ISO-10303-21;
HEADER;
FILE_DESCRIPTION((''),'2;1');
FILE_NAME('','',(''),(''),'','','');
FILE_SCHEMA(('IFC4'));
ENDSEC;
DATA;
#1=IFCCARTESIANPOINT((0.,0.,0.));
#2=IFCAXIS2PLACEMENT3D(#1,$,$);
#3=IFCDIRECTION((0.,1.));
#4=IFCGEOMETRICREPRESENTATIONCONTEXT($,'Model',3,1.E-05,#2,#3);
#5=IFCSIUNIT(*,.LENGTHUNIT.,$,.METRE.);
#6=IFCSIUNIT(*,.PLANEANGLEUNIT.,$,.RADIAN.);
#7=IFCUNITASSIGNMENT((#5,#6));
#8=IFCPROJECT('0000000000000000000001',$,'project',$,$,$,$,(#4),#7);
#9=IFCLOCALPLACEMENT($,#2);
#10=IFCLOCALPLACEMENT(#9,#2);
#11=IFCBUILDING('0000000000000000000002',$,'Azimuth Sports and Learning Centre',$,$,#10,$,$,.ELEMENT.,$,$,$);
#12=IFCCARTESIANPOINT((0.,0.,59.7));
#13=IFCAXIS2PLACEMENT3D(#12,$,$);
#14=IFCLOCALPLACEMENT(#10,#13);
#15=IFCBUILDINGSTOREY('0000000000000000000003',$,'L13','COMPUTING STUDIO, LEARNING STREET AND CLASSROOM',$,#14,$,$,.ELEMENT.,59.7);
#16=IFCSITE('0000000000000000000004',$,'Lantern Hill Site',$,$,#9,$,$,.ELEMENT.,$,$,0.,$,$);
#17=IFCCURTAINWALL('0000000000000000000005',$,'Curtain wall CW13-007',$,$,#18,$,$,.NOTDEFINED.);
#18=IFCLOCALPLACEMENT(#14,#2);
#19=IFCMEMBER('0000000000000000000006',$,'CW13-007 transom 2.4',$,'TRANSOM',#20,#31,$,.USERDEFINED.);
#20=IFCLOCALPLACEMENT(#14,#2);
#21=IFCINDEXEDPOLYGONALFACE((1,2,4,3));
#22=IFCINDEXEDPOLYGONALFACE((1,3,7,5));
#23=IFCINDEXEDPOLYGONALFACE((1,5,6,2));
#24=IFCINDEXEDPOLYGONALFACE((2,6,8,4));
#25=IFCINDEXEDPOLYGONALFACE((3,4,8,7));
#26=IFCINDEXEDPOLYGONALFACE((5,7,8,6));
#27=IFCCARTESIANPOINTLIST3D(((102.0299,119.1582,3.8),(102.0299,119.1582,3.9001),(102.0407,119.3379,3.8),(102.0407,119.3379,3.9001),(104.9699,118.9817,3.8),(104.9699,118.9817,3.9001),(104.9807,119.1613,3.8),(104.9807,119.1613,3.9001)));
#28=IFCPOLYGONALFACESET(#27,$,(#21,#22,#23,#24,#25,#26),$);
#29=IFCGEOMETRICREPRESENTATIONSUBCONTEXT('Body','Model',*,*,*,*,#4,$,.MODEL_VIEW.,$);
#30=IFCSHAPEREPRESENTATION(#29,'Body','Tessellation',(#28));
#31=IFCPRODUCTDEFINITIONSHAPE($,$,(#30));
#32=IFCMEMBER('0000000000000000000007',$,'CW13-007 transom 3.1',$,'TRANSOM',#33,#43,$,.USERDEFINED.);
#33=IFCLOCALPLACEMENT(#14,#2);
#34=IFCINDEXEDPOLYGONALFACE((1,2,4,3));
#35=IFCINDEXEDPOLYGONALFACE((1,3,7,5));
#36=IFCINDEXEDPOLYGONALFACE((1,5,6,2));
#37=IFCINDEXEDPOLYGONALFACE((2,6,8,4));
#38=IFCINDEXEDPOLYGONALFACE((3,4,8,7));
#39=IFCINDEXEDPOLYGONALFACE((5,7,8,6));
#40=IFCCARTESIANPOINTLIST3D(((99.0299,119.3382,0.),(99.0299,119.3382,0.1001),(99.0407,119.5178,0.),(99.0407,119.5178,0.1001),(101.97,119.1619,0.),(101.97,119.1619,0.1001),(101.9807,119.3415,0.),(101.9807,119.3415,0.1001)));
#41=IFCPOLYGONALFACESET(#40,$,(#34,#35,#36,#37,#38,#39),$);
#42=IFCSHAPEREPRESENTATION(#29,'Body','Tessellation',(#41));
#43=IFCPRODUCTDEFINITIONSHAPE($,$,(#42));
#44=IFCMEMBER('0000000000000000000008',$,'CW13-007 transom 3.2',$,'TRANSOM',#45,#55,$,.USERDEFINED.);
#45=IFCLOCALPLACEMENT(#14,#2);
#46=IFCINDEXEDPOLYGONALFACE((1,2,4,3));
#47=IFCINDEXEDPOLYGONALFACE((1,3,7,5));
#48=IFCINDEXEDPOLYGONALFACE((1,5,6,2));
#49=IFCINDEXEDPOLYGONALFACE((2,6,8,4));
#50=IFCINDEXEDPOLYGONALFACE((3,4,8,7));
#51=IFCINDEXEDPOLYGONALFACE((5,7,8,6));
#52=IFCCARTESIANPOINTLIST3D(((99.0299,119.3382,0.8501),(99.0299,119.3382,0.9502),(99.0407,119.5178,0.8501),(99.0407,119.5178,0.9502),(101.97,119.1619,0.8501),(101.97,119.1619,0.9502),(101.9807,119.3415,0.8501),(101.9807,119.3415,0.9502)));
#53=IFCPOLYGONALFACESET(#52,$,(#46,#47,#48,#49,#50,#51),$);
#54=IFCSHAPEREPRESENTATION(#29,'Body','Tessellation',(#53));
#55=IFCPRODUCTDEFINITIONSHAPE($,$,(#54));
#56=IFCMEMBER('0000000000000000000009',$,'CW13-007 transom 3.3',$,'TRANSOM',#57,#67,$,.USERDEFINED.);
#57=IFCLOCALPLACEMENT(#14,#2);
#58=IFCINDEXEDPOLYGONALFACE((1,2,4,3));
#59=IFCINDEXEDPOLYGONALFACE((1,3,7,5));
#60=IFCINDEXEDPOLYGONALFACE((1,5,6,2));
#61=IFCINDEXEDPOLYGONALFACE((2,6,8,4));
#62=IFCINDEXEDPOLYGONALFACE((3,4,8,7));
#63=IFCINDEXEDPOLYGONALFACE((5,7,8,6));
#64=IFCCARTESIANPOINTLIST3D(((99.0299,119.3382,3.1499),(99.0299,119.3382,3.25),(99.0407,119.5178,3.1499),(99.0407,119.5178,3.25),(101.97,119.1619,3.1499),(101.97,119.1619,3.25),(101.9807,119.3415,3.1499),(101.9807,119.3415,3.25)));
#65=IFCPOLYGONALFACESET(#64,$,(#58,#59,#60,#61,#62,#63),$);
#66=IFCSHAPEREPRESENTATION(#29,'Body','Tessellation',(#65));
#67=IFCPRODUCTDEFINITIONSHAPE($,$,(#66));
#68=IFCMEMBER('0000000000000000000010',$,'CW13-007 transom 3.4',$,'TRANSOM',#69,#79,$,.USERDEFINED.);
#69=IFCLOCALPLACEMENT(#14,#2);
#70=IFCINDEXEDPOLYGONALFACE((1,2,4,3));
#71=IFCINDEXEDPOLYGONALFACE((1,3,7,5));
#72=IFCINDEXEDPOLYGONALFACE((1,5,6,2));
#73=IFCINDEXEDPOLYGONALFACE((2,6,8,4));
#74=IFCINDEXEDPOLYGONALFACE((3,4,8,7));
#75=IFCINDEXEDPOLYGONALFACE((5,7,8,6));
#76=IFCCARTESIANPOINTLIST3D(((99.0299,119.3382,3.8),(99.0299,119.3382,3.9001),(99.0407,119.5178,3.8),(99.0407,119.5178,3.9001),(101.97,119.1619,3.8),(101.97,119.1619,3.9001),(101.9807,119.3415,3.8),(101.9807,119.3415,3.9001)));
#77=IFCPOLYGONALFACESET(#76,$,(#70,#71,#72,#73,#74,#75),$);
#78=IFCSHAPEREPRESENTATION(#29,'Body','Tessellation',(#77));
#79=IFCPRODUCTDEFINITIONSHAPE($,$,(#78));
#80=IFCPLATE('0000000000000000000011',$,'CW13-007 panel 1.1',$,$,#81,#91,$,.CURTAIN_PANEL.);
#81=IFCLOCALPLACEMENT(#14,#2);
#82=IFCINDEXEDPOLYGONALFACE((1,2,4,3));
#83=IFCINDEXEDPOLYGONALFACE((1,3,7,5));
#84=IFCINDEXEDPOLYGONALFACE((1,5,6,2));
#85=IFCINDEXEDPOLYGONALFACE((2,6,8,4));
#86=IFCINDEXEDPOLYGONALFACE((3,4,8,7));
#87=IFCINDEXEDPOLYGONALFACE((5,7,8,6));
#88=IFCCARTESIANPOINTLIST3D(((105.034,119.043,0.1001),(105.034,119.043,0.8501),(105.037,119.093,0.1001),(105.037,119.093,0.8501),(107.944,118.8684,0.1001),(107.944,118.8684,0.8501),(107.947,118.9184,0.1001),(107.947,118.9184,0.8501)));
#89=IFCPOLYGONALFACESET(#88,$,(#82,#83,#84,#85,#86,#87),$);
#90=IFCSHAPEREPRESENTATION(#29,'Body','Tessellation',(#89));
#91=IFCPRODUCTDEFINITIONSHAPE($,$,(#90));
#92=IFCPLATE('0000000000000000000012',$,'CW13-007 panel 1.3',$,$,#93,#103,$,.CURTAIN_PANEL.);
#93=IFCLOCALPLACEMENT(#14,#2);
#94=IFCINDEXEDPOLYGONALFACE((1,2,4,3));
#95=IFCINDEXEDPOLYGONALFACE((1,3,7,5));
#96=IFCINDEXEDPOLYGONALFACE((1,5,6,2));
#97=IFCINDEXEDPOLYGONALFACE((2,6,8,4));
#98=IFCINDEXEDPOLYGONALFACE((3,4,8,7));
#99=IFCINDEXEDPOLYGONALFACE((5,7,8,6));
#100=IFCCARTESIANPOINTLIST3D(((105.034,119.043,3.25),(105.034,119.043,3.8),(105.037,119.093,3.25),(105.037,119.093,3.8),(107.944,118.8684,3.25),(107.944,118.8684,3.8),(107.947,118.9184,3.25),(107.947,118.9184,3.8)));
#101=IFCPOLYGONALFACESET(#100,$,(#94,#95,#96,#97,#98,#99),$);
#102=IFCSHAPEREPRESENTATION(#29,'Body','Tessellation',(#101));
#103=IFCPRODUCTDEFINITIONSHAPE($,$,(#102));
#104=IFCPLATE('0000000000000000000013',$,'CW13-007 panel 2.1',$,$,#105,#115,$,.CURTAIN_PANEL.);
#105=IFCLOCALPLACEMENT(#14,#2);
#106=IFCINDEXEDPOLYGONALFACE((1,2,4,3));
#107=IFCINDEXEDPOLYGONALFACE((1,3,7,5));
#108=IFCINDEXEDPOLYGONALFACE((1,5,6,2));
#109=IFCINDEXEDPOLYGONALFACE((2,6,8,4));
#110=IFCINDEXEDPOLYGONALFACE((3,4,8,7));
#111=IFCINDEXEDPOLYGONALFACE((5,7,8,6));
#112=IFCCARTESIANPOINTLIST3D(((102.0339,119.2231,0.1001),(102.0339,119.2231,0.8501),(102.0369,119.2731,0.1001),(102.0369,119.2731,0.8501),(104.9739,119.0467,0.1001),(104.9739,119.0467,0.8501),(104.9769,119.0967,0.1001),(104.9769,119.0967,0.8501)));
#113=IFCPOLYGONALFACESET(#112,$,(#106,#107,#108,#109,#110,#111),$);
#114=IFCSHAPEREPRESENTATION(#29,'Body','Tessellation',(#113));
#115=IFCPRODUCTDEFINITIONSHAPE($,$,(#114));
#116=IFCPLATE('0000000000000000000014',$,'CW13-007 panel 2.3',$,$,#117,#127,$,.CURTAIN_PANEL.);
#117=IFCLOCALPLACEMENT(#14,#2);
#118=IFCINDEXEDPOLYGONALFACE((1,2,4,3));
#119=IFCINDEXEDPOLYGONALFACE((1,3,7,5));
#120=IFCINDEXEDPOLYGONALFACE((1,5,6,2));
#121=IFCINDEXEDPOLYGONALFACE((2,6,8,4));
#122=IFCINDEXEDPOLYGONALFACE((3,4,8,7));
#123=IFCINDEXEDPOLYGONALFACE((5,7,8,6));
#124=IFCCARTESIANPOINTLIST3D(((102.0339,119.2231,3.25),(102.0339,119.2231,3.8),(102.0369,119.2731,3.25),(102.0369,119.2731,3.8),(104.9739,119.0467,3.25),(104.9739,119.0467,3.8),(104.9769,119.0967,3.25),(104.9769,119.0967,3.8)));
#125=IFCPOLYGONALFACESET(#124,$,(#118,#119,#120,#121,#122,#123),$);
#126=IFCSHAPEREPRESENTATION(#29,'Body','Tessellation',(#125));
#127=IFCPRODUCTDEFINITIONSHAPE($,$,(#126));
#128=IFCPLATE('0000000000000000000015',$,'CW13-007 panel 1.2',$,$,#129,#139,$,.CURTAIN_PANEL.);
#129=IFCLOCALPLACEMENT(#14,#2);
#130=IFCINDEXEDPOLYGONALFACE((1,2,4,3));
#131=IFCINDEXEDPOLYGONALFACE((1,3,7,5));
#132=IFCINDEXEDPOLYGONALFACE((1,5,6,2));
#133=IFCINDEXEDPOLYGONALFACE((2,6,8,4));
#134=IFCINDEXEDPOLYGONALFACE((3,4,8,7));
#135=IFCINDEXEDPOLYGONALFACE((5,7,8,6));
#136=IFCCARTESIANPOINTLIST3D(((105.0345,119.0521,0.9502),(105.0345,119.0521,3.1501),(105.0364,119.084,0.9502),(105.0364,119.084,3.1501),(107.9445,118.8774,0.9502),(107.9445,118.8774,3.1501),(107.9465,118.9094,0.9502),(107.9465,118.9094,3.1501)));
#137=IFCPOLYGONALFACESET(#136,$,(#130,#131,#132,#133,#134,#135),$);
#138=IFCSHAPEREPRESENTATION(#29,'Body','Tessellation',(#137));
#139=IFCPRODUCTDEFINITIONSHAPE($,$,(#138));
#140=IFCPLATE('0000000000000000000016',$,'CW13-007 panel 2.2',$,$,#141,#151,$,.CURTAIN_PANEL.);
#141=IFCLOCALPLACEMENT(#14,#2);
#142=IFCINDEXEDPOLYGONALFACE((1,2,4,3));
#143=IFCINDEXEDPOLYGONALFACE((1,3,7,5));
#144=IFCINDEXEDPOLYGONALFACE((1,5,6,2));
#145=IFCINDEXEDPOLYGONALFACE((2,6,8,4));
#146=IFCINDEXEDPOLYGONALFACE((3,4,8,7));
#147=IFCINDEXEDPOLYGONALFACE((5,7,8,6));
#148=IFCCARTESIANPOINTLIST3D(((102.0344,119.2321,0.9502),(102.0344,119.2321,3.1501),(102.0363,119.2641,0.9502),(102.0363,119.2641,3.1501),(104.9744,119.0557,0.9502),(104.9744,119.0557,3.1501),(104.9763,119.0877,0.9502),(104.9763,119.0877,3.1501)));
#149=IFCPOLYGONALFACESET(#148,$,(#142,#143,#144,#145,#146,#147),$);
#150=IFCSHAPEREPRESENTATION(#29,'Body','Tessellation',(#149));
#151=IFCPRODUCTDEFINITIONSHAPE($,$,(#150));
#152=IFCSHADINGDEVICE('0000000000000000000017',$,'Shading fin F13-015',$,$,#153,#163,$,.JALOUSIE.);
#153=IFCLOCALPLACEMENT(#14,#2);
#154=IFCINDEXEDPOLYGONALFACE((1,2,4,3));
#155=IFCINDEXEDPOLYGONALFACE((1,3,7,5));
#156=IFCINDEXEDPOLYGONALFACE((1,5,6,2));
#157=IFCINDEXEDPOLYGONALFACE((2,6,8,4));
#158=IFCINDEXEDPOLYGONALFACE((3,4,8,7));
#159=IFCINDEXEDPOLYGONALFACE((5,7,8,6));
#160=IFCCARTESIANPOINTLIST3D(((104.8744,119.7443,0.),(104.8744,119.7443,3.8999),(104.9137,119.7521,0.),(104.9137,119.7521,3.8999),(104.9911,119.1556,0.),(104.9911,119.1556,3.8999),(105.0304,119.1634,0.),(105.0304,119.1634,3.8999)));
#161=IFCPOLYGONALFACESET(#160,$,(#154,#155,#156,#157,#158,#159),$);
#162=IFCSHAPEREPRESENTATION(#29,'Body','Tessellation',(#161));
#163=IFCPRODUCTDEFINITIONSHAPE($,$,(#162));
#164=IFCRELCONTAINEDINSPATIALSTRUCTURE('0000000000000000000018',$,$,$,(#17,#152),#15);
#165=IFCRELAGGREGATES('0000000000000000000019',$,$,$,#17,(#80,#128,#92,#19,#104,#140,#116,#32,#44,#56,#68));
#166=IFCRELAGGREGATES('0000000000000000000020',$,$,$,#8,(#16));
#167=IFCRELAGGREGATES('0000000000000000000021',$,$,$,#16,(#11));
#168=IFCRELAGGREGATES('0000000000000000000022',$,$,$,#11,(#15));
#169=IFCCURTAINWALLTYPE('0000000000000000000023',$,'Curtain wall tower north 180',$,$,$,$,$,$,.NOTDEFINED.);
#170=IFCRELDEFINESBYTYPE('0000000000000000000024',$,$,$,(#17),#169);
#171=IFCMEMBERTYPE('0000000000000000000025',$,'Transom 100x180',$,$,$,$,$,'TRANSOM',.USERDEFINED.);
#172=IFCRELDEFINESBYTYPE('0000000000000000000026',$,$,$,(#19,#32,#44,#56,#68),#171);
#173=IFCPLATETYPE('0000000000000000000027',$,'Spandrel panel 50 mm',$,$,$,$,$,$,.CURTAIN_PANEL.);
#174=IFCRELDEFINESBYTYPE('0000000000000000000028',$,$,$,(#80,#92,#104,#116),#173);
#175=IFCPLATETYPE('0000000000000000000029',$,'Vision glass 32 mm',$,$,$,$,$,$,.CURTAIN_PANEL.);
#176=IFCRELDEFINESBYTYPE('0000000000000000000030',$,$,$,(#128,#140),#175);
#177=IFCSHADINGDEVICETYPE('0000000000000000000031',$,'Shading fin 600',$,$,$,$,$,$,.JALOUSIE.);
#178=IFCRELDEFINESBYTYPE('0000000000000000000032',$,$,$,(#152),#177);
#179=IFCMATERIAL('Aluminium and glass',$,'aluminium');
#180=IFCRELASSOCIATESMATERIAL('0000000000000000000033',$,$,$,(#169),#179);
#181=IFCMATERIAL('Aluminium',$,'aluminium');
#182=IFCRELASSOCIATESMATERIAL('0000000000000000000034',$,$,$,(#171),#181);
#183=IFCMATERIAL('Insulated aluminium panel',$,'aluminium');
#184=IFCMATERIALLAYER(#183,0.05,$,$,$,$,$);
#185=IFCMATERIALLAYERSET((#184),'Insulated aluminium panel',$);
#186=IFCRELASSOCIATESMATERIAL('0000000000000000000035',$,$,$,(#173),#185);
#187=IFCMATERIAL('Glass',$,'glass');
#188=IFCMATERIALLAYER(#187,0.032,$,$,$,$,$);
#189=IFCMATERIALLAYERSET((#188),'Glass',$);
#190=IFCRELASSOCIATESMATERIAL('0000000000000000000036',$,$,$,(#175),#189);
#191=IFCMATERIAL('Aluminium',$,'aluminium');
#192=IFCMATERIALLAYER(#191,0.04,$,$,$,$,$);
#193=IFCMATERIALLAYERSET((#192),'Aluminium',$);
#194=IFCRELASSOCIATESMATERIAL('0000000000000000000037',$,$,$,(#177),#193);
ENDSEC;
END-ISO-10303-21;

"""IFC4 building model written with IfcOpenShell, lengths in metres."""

from ifc_helpers import new_model, si_unit, direction, frame, origin, origin_2d, place, context, subcontext, project, spatial, rectangle, extrude, material, layer, layer_set, material_profile, profile_set, type_object, element, aggregate, save


model = new_model("IFC4")

# Units and contexts
model_context = context("Model", 3, precision=1e-05, world=origin(), true_north=direction((0.0, 1.0)))
body_context = subcontext(model_context, "Body", "Model", "MODEL_VIEW")
ifc_project = project(units=[si_unit("LENGTHUNIT", "METRE"), si_unit("PLANEANGLEUNIT", "RADIAN")], contexts=[model_context])

# Site, building, storey
site_placement = place(None, origin())
site = spatial("IfcSite", under=ifc_project, at=site_placement, Name="Lantern Hill Site", CompositionType="ELEMENT", RefElevation=0.0)
building_placement = place(site_placement, origin())
building = spatial("IfcBuilding", under=site, at=building_placement, Name="Azimuth Sports and Learning Centre", CompositionType="ELEMENT")
storey_placement = place(building_placement, frame((0.0, 0.0, 59.7)))
storey = spatial("IfcBuildingStorey", under=building, at=storey_placement, Name="L13", Description="COMPUTING STUDIO, LEARNING STREET AND CLASSROOM", CompositionType="ELEMENT", Elevation=59.7)

# Curtain wall, members, plates
ifc_material_1 = material(Name="Aluminium and glass", Category="aluminium")
curtain_wall_type = type_object("IfcCurtainWallType", Name="Curtain wall tower north 180", PredefinedType="NOTDEFINED", material=ifc_material_1)
curtain_wall_placement = place(storey_placement, origin())
curtain_wall = element("IfcCurtainWall", 1, at=curtain_wall_placement, inside=storey, type_object=curtain_wall_type, Name="Curtain wall CW13-007", PredefinedType="NOTDEFINED")
ifc_material_2 = material(Name="Aluminium", Category="aluminium")
ifc_material_profile_1 = material_profile(ifc_material_2, rectangle(XDim=0.1799, YDim=0.1001, at=origin_2d()), Name="Transom 100x180")
ifc_profile_set_1 = profile_set([ifc_material_profile_1], Name="Aluminium")
member_type_1 = type_object("IfcMemberType", Name="Transom 100x180", ElementType="TRANSOM", PredefinedType="USERDEFINED", material=ifc_profile_set_1)
member_1_placement = place(storey_placement, frame((104.9753, 119.0715, 3.8501), z_axis=(-0.998202, 0.059932, 0.0), x_axis=(-0.059932, -0.998202, 0.0)))
member_1 = element("IfcMember", 2, at=member_1_placement, type_object=member_type_1, Name="CW13-007 transom 2.4", ObjectType="TRANSOM", PredefinedType="USERDEFINED", context=body_context, shape_type="SweptSolid", body=[
    extrude(rectangle(XDim=0.1799, YDim=0.1001, at=origin_2d()), origin(), (0.0, 0.0, 1.0), 2.9453),
])
member_2_placement = place(storey_placement, frame((101.9753, 119.2517, 0.05), z_axis=(-0.998207, 0.059849, 0.0), x_axis=(-0.059849, -0.998207, 0.0)))
member_2 = element("IfcMember", 3, at=member_2_placement, type_object=member_type_1, Name="CW13-007 transom 3.1", ObjectType="TRANSOM", PredefinedType="USERDEFINED", context=body_context, shape_type="SweptSolid", body=[
    extrude(rectangle(XDim=0.1799, YDim=0.1001, at=origin_2d()), origin(), (0.0, 0.0, 1.0), 2.9453),
])
member_3_placement = place(storey_placement, frame((101.9753, 119.2517, 0.9001), z_axis=(-0.998207, 0.059849, 0.0), x_axis=(-0.059849, -0.998207, 0.0)))
member_3 = element("IfcMember", 4, at=member_3_placement, type_object=member_type_1, Name="CW13-007 transom 3.2", ObjectType="TRANSOM", PredefinedType="USERDEFINED", context=body_context, shape_type="SweptSolid", body=[
    extrude(rectangle(XDim=0.1799, YDim=0.1001, at=origin_2d()), origin(), (0.0, 0.0, 1.0), 2.9453),
])
member_4_placement = place(storey_placement, frame((101.9753, 119.2517, 3.2), z_axis=(-0.998207, 0.059849, 0.0), x_axis=(-0.059849, -0.998207, 0.0)))
member_4 = element("IfcMember", 5, at=member_4_placement, type_object=member_type_1, Name="CW13-007 transom 3.3", ObjectType="TRANSOM", PredefinedType="USERDEFINED", context=body_context, shape_type="SweptSolid", body=[
    extrude(rectangle(XDim=0.1799, YDim=0.1001, at=origin_2d()), origin(), (0.0, 0.0, 1.0), 2.9453),
])
member_5_placement = place(storey_placement, frame((101.9753, 119.2517, 3.8501), z_axis=(-0.998207, 0.059849, 0.0), x_axis=(-0.059849, -0.998207, 0.0)))
member_5 = element("IfcMember", 6, at=member_5_placement, type_object=member_type_1, Name="CW13-007 transom 3.4", ObjectType="TRANSOM", PredefinedType="USERDEFINED", context=body_context, shape_type="SweptSolid", body=[
    extrude(rectangle(XDim=0.1799, YDim=0.1001, at=origin_2d()), origin(), (0.0, 0.0, 1.0), 2.9453),
])
ifc_material_3 = material(Name="Insulated aluminium panel", Category="aluminium")
ifc_layer_1 = layer(ifc_material_3, 0.05)
ifc_layer_set_1 = layer_set([ifc_layer_1], Name="Insulated aluminium panel")
plate_type_1 = type_object("IfcPlateType", Name="Spandrel panel 50 mm", PredefinedType="CURTAIN_PANEL", material=ifc_layer_set_1)
plate_1_placement = place(storey_placement, frame((106.4905, 118.9807, 0.1001), z_axis=(0.0, 0.0, 1.0), x_axis=(-0.998205, 0.059892, 0.0)))
plate_1 = element("IfcPlate", 7, at=plate_1_placement, type_object=plate_type_1, Name="CW13-007 panel 1.1", PredefinedType="CURTAIN_PANEL", context=body_context, shape_type="SweptSolid", body=[
    extrude(rectangle(XDim=2.9153, YDim=0.05, at=origin_2d()), origin(), (0.0, 0.0, 1.0), 0.75),
])
plate_2_placement = place(storey_placement, frame((106.4905, 118.9807, 3.25), z_axis=(0.0, 0.0, 1.0), x_axis=(-0.998205, 0.059892, 0.0)))
plate_2 = element("IfcPlate", 8, at=plate_2_placement, type_object=plate_type_1, Name="CW13-007 panel 1.3", PredefinedType="CURTAIN_PANEL", context=body_context, shape_type="SweptSolid", body=[
    extrude(rectangle(XDim=2.9153, YDim=0.05, at=origin_2d()), origin(), (0.0, 0.0, 1.0), 0.55),
])
plate_3_placement = place(storey_placement, frame((103.5054, 119.1599, 0.1001), z_axis=(0.0, 0.0, 1.0), x_axis=(-0.998205, 0.059892, 0.0)))
plate_3 = element("IfcPlate", 9, at=plate_3_placement, type_object=plate_type_1, Name="CW13-007 panel 2.1", PredefinedType="CURTAIN_PANEL", context=body_context, shape_type="SweptSolid", body=[
    extrude(rectangle(XDim=2.9453, YDim=0.05, at=origin_2d()), origin(), (0.0, 0.0, 1.0), 0.75),
])
plate_4_placement = place(storey_placement, frame((103.5054, 119.1599, 3.25), z_axis=(0.0, 0.0, 1.0), x_axis=(-0.998205, 0.059892, 0.0)))
plate_4 = element("IfcPlate", 10, at=plate_4_placement, type_object=plate_type_1, Name="CW13-007 panel 2.3", PredefinedType="CURTAIN_PANEL", context=body_context, shape_type="SweptSolid", body=[
    extrude(rectangle(XDim=2.9453, YDim=0.05, at=origin_2d()), origin(), (0.0, 0.0, 1.0), 0.55),
])
ifc_material_4 = material(Name="Glass", Category="glass")
ifc_layer_2 = layer(ifc_material_4, 0.032)
ifc_layer_set_2 = layer_set([ifc_layer_2], Name="Glass")
plate_type_2 = type_object("IfcPlateType", Name="Vision glass 32 mm", PredefinedType="CURTAIN_PANEL", material=ifc_layer_set_2)
plate_5_placement = place(storey_placement, frame((106.4905, 118.9807, 0.9502), z_axis=(0.0, 0.0, 1.0), x_axis=(-0.998205, 0.059892, 0.0)))
plate_5 = element("IfcPlate", 11, at=plate_5_placement, type_object=plate_type_2, Name="CW13-007 panel 1.2", PredefinedType="CURTAIN_PANEL", context=body_context, shape_type="SweptSolid", body=[
    extrude(rectangle(XDim=2.9153, YDim=0.032, at=origin_2d()), origin(), (0.0, 0.0, 1.0), 2.2),
])
plate_6_placement = place(storey_placement, frame((103.5054, 119.1599, 0.9502), z_axis=(0.0, 0.0, 1.0), x_axis=(-0.998205, 0.059892, 0.0)))
plate_6 = element("IfcPlate", 12, at=plate_6_placement, type_object=plate_type_2, Name="CW13-007 panel 2.2", PredefinedType="CURTAIN_PANEL", context=body_context, shape_type="SweptSolid", body=[
    extrude(rectangle(XDim=2.9453, YDim=0.032, at=origin_2d()), origin(), (0.0, 0.0, 1.0), 2.2),
])
aggregate(curtain_wall, [plate_1, plate_5, plate_2, member_1, plate_3, plate_6, plate_4, member_2, member_3, member_4, member_5])

# Shading device
ifc_material_5 = material(Name="Aluminium", Category="aluminium")
ifc_layer_3 = layer(ifc_material_5, 0.04)
ifc_layer_set_3 = layer_set([ifc_layer_3], Name="Aluminium")
shading_device_type = type_object("IfcShadingDeviceType", Name="Shading fin 600", PredefinedType="JALOUSIE", material=ifc_layer_set_3)
shading_device_placement = place(storey_placement, frame((104.9524, 119.4539, 0.0), z_axis=(0.0, 0.0, 1.0), x_axis=(-0.194387, 0.980925, 0.0)))
element("IfcShadingDevice", 13, at=shading_device_placement, inside=storey, type_object=shading_device_type, Name="Shading fin F13-015", PredefinedType="JALOUSIE", context=body_context, shape_type="SweptSolid", body=[
    extrude(rectangle(XDim=0.6001, YDim=0.04, at=origin_2d()), origin(), (0.0, 0.0, 1.0), 3.8999),
])

save(model, "model.ifc")
